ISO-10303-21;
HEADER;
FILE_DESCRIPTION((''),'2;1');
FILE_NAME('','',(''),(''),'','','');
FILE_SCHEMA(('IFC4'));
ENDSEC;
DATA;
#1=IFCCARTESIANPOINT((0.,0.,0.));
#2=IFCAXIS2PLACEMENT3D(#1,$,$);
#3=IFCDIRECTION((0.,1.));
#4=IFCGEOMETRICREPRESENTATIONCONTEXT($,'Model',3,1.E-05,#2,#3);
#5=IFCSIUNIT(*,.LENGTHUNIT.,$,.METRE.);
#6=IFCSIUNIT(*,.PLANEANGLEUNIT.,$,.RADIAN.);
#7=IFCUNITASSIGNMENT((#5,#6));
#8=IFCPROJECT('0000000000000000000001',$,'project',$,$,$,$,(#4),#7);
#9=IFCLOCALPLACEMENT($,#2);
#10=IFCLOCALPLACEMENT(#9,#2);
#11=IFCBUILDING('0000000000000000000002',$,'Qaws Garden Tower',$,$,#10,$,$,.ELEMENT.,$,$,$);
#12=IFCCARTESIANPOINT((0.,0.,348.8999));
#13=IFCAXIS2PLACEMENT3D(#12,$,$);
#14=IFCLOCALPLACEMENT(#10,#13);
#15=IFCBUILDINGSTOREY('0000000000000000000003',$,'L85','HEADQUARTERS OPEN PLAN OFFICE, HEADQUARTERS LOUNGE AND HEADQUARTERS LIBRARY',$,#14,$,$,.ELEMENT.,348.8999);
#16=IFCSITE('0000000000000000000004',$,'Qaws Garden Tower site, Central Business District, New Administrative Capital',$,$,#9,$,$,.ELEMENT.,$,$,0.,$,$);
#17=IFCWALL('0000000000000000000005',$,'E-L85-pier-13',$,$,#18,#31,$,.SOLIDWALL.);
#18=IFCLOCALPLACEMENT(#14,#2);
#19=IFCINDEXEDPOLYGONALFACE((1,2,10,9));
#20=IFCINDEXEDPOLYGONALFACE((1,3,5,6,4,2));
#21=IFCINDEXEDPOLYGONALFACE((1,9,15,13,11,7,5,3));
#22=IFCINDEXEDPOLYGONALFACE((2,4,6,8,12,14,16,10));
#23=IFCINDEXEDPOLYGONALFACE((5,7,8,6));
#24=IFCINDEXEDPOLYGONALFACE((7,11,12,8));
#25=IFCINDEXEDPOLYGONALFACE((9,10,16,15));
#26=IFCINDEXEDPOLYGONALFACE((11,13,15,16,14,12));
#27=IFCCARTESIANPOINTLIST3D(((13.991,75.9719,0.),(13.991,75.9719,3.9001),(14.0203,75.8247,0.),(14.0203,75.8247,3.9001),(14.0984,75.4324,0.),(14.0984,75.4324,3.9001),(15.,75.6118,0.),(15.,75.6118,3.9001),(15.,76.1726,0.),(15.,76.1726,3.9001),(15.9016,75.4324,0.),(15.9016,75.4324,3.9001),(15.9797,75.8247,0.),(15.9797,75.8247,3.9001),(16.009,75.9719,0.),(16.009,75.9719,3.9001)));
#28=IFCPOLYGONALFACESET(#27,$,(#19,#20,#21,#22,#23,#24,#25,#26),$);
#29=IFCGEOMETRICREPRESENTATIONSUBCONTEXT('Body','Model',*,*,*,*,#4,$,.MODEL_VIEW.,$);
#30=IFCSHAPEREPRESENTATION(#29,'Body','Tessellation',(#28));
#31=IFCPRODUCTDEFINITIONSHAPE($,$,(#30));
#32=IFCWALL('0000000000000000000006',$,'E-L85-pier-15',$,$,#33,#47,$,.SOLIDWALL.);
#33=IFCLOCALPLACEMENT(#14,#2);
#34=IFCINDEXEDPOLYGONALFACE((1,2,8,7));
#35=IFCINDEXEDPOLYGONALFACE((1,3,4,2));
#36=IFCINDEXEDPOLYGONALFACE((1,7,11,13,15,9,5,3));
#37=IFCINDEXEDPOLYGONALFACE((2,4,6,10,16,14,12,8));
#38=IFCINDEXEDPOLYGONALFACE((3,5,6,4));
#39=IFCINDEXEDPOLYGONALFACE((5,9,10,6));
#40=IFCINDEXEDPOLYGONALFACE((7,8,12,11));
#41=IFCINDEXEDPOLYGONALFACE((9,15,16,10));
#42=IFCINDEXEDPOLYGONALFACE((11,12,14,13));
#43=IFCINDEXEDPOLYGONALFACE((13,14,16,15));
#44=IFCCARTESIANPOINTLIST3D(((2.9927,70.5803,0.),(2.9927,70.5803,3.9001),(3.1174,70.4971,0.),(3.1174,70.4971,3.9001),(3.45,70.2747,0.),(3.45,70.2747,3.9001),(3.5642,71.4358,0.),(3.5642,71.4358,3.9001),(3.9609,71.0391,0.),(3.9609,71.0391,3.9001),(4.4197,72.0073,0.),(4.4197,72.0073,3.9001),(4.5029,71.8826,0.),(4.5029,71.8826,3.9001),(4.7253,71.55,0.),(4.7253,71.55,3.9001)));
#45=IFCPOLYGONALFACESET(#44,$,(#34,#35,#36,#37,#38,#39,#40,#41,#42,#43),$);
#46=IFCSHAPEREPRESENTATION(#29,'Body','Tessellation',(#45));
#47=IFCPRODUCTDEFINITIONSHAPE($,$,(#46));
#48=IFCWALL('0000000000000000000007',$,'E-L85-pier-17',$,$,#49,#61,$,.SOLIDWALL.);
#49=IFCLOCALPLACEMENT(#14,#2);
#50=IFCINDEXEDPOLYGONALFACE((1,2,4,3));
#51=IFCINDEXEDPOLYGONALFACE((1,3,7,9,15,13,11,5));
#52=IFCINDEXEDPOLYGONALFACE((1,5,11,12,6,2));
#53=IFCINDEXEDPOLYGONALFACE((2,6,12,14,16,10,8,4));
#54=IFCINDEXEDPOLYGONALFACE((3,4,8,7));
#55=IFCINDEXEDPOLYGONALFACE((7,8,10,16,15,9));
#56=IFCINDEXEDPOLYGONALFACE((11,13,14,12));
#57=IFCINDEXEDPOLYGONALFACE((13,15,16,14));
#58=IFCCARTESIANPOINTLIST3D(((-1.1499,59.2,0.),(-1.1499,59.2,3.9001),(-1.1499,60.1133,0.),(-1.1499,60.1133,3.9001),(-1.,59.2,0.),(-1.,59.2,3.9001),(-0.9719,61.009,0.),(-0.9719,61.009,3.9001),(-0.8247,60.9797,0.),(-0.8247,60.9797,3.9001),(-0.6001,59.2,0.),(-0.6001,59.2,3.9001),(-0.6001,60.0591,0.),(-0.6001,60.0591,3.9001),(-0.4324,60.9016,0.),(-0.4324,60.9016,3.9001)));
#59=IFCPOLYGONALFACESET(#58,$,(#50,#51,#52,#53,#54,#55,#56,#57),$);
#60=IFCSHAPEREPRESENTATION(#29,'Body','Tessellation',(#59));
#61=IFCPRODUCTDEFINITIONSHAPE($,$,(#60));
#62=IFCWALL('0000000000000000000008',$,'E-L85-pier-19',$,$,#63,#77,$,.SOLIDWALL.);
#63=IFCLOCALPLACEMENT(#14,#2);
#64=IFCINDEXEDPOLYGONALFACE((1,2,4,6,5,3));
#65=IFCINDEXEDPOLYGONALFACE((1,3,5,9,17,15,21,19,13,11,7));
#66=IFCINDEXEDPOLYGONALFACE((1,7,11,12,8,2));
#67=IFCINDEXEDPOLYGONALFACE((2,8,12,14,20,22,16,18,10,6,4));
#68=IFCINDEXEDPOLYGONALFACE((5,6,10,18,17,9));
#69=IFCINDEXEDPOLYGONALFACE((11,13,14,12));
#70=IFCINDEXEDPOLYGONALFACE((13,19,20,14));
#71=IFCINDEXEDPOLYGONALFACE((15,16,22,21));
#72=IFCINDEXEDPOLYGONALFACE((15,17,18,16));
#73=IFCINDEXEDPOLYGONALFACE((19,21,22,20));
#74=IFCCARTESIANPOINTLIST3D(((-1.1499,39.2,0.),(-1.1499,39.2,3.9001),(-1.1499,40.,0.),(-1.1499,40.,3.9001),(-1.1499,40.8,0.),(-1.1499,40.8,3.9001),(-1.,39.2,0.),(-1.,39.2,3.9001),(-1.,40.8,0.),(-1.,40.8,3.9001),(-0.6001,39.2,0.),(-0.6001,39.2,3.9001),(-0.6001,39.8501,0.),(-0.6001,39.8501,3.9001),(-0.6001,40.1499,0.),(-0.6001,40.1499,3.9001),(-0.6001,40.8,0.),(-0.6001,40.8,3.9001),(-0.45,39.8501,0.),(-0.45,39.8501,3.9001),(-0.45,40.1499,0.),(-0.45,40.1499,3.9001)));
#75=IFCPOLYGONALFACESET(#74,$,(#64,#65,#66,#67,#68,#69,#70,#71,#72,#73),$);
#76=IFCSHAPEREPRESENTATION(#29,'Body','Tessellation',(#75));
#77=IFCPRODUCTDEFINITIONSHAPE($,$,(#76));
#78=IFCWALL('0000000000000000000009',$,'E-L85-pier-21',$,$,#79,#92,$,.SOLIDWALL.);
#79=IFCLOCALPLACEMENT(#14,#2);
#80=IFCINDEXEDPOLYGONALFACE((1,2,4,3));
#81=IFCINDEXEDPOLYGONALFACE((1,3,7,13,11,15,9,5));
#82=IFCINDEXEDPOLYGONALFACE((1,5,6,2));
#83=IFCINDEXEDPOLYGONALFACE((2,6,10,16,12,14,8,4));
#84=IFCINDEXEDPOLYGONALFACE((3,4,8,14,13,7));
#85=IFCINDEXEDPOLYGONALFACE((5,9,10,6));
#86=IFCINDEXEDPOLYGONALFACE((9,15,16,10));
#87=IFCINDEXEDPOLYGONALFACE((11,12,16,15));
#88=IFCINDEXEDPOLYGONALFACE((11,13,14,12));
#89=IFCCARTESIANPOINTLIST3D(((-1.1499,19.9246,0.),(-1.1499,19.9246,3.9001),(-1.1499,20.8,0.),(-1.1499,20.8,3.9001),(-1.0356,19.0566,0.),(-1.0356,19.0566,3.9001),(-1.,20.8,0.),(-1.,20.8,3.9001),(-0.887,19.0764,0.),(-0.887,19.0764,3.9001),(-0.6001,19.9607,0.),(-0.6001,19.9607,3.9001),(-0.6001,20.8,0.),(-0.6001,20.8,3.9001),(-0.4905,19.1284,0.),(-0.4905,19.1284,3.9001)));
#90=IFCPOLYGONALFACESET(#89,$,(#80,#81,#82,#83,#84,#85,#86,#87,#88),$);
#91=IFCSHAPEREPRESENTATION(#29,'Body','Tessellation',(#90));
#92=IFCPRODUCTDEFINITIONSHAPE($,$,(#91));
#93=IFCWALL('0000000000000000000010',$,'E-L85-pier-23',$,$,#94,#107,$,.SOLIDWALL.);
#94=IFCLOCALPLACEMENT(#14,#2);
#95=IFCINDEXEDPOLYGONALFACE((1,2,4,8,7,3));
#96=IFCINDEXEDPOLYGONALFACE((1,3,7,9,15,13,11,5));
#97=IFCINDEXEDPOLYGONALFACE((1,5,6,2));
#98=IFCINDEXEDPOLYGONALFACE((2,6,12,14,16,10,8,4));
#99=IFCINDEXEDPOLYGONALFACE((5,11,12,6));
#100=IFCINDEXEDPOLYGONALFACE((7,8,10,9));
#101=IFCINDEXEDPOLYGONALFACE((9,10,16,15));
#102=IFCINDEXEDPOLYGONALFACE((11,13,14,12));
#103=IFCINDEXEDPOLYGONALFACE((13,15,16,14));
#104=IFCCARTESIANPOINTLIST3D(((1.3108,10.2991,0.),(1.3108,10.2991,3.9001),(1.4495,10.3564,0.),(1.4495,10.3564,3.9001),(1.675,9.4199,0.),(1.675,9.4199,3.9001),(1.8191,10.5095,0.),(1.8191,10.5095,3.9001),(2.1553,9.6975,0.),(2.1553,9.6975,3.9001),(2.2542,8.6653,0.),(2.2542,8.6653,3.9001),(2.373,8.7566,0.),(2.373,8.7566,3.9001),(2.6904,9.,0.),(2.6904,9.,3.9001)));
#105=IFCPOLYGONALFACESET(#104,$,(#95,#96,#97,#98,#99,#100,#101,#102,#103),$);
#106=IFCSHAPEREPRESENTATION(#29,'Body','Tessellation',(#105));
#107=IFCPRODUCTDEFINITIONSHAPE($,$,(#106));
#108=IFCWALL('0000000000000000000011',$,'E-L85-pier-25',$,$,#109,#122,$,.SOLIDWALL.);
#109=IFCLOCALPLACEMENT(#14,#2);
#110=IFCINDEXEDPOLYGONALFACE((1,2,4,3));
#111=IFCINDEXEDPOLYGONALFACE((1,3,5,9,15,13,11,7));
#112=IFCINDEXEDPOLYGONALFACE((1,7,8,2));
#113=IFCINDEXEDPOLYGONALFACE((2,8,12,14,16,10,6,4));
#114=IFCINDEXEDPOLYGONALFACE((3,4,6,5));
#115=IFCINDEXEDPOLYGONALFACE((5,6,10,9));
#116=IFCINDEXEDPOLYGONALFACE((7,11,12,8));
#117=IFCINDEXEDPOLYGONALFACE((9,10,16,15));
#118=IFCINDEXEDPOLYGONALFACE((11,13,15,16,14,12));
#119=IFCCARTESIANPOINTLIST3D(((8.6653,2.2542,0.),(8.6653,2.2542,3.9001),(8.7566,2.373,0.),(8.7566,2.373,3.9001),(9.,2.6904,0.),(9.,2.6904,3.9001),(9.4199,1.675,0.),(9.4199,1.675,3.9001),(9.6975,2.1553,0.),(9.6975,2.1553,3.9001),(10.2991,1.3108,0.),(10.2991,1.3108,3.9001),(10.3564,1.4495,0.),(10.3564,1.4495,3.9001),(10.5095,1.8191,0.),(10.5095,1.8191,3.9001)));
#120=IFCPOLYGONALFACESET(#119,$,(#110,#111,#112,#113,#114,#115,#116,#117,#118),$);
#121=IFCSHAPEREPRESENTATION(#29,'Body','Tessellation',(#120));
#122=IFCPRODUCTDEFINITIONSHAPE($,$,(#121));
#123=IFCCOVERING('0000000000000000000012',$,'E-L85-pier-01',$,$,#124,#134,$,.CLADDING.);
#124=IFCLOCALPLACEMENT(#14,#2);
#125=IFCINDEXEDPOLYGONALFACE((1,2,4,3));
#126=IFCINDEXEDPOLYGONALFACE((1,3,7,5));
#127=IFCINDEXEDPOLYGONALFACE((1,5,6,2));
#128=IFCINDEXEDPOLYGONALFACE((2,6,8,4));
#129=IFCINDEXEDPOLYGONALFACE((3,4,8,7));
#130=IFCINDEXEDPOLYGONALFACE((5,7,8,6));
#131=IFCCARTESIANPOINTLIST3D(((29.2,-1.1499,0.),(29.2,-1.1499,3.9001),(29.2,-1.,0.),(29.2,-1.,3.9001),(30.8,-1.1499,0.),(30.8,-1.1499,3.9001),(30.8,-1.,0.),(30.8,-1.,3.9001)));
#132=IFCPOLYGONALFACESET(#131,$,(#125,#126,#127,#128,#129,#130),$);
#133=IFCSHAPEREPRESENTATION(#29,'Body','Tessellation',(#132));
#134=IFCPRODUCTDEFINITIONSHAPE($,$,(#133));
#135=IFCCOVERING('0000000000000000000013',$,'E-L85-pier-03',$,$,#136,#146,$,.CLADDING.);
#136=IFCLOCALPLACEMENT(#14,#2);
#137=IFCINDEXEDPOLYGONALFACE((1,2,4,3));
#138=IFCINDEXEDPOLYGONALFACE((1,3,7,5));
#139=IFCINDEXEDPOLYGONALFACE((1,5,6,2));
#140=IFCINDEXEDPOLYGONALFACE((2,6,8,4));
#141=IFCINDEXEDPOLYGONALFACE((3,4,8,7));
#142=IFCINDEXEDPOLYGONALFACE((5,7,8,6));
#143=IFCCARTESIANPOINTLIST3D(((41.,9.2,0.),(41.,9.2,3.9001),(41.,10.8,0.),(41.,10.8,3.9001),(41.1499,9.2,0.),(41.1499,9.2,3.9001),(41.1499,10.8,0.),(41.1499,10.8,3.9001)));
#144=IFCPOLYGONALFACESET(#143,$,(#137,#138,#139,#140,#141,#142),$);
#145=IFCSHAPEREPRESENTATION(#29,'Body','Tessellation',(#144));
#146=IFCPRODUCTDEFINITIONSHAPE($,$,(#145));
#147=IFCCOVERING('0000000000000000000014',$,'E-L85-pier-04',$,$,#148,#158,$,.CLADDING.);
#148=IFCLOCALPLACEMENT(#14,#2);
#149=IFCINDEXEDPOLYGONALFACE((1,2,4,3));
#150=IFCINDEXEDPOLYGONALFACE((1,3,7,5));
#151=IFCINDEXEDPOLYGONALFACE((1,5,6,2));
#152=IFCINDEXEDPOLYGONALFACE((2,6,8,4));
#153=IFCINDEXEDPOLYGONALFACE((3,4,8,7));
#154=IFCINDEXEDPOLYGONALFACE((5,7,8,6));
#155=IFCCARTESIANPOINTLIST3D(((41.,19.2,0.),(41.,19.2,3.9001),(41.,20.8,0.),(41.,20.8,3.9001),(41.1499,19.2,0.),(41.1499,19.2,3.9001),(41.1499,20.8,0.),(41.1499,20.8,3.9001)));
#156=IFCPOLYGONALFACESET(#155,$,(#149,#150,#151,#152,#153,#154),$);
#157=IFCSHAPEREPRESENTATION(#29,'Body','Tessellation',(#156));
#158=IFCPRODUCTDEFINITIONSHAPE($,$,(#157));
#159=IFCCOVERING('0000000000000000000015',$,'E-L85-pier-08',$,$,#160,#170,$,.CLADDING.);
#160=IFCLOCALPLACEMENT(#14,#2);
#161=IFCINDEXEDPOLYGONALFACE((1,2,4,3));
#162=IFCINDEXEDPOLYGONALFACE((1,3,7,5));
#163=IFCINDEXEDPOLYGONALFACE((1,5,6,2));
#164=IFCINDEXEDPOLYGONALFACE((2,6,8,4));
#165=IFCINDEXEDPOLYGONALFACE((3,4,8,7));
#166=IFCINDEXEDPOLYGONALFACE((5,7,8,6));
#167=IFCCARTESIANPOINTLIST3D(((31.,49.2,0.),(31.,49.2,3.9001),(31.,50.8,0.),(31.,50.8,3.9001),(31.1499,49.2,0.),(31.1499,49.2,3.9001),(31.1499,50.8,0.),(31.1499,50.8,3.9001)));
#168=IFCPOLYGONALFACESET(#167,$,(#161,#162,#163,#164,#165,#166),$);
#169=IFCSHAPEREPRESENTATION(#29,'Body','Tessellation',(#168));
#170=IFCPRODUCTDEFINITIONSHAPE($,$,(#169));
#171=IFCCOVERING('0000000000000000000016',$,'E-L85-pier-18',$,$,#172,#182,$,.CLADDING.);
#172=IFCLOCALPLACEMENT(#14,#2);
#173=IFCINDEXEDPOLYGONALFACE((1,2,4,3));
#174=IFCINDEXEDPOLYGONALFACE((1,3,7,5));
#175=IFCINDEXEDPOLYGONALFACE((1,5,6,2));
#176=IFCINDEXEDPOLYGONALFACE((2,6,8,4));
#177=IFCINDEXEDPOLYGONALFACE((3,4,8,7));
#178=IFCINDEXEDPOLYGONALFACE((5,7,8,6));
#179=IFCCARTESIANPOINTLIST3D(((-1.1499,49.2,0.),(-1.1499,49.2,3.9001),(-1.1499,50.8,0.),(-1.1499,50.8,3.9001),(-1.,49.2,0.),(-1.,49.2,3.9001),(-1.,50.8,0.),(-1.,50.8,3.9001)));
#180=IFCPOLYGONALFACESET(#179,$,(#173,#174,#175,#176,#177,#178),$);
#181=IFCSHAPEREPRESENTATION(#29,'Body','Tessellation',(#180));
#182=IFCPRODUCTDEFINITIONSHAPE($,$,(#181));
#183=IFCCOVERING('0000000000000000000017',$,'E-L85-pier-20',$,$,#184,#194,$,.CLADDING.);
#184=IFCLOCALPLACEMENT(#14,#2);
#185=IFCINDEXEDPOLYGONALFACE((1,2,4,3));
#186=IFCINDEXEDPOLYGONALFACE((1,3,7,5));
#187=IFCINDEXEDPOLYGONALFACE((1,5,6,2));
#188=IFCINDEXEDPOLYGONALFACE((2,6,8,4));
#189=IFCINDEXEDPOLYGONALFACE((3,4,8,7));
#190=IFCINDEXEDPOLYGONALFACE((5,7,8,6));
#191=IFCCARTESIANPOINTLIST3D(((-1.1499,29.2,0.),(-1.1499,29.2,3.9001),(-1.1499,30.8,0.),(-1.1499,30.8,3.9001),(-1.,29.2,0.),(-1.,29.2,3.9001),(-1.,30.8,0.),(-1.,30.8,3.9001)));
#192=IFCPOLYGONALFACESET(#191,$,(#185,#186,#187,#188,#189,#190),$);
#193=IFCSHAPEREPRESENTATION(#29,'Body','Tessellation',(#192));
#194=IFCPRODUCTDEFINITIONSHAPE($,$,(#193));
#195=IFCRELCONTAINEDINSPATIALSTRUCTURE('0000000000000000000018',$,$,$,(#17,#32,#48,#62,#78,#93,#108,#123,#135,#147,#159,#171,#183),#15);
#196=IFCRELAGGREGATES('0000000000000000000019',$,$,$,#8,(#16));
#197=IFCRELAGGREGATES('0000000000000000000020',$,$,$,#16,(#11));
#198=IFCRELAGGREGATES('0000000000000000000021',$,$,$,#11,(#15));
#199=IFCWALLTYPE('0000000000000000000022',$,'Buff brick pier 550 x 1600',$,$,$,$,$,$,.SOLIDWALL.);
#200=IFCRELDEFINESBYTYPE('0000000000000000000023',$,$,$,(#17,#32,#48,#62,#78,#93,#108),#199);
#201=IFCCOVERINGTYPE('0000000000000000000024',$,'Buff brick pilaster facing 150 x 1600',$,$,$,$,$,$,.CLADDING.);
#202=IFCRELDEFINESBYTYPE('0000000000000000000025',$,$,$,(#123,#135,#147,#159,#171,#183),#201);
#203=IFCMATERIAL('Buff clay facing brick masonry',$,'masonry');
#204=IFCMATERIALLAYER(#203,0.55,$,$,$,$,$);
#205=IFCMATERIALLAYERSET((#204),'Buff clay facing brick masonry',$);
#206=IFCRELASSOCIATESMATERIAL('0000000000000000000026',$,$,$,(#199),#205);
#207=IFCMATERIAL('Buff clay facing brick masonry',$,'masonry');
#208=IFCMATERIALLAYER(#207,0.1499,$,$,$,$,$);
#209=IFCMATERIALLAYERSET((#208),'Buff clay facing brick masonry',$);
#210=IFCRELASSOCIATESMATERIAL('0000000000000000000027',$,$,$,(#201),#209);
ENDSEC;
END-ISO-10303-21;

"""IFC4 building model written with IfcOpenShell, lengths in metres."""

from ifc_helpers import new_model, si_unit, direction, frame, origin, place, context, subcontext, project, spatial, polyline, outline, extrude, material, layer, layer_set, type_object, element, save


model = new_model("IFC4")

# Units and contexts
model_context = context("Model", 3, precision=1e-05, world=origin(), true_north=direction((0.0, 1.0)))
body_context = subcontext(model_context, "Body", "Model", "MODEL_VIEW")
ifc_project = project(units=[si_unit("LENGTHUNIT", "METRE"), si_unit("PLANEANGLEUNIT", "RADIAN")], contexts=[model_context])

# Site, building, storey
site_placement = place(None, origin())
site = spatial("IfcSite", under=ifc_project, at=site_placement, Name="Qaws Garden Tower site, Central Business District, New Administrative Capital", CompositionType="ELEMENT", RefElevation=0.0)
building_placement = place(site_placement, origin())
building = spatial("IfcBuilding", under=site, at=building_placement, Name="Qaws Garden Tower", CompositionType="ELEMENT")
storey_placement = place(building_placement, frame((0.0, 0.0, 348.8999)))
storey = spatial("IfcBuildingStorey", under=building, at=storey_placement, Name="L85", Description="HEADQUARTERS OPEN PLAN OFFICE, HEADQUARTERS LOUNGE AND HEADQUARTERS LIBRARY", CompositionType="ELEMENT", Elevation=348.8999)

# Walls
placement = place(storey_placement, origin())
ifc_material_1 = material(Name="Buff clay facing brick masonry", Category="masonry")
ifc_layer_1 = layer(ifc_material_1, 0.55)
ifc_layer_set_1 = layer_set([ifc_layer_1], Name="Buff clay facing brick masonry")
wall_type_1 = type_object("IfcWallType", Name="Buff brick pier 550 x 1600", PredefinedType="SOLIDWALL", material=ifc_layer_set_1)
element("IfcWall", 1, at=placement, inside=storey, type_object=wall_type_1, Name="E-L85-pier-13", PredefinedType="SOLIDWALL", context=body_context, shape_type="SweptSolid", body=[
    extrude(outline(polyline([(15.9797, 75.8247), (16.009, 75.9719), (15.0, 76.1726), (13.991, 75.9719), (14.0203, 75.8247), (14.0984, 75.4324), (15.0, 75.6118), (15.9016, 75.4324), (15.9797, 75.8247)])), origin(), (0.0, 0.0, 1.0), 3.9001),
])
element("IfcWall", 2, at=placement, inside=storey, type_object=wall_type_1, Name="E-L85-pier-15", PredefinedType="SOLIDWALL", context=body_context, shape_type="SweptSolid", body=[
    extrude(outline(polyline([(4.5029, 71.8826), (4.4197, 72.0073), (3.5642, 71.4358), (2.9927, 70.5803), (3.1174, 70.4971), (3.45, 70.2747), (3.9609, 71.0391), (4.7253, 71.55), (4.5029, 71.8826)])), origin(), (0.0, 0.0, 1.0), 3.9001),
])
element("IfcWall", 3, at=placement, inside=storey, type_object=wall_type_1, Name="E-L85-pier-17", PredefinedType="SOLIDWALL", context=body_context, shape_type="SweptSolid", body=[
    extrude(outline(polyline([(-0.8247, 60.9797), (-0.9719, 61.009), (-1.1499, 60.1133), (-1.1499, 59.2), (-1.0, 59.2), (-0.6001, 59.2), (-0.6001, 60.0591), (-0.4324, 60.9016), (-0.8247, 60.9797)])), origin(), (0.0, 0.0, 1.0), 3.9001),
])
element("IfcWall", 4, at=placement, inside=storey, type_object=wall_type_1, Name="E-L85-pier-19", PredefinedType="SOLIDWALL", context=body_context, shape_type="SweptSolid", body=[
    extrude(outline(polyline([(-0.6001, 39.2), (-0.6001, 39.8501), (-0.45, 39.8501), (-0.45, 40.1499), (-0.6001, 40.1499), (-0.6001, 40.8), (-1.0, 40.8), (-1.1499, 40.8), (-1.1499, 40.0), (-1.1499, 39.2), (-1.0, 39.2), (-0.6001, 39.2)])), origin(), (0.0, 0.0, 1.0), 3.9001),
])
element("IfcWall", 5, at=placement, inside=storey, type_object=wall_type_1, Name="E-L85-pier-21", PredefinedType="SOLIDWALL", context=body_context, shape_type="SweptSolid", body=[
    extrude(outline(polyline([(-1.0, 20.8), (-1.1499, 20.8), (-1.1499, 19.9246), (-1.0356, 19.0566), (-0.887, 19.0764), (-0.4905, 19.1284), (-0.6001, 19.9607), (-0.6001, 20.8), (-1.0, 20.8)])), origin(), (0.0, 0.0, 1.0), 3.9001),
])
element("IfcWall", 6, at=placement, inside=storey, type_object=wall_type_1, Name="E-L85-pier-23", PredefinedType="SOLIDWALL", context=body_context, shape_type="SweptSolid", body=[
    extrude(outline(polyline([(1.4495, 10.3564), (1.3108, 10.2991), (1.675, 9.4199), (2.2542, 8.6653), (2.373, 8.7566), (2.6904, 9.0), (2.1553, 9.6975), (1.8191, 10.5095), (1.4495, 10.3564)])), origin(), (0.0, 0.0, 1.0), 3.9001),
])
element("IfcWall", 7, at=placement, inside=storey, type_object=wall_type_1, Name="E-L85-pier-25", PredefinedType="SOLIDWALL", context=body_context, shape_type="SweptSolid", body=[
    extrude(outline(polyline([(8.7566, 2.373), (8.6653, 2.2542), (9.4199, 1.675), (10.2991, 1.3108), (10.3564, 1.4495), (10.5095, 1.8191), (9.6975, 2.1553), (9.0, 2.6904), (8.7566, 2.373)])), origin(), (0.0, 0.0, 1.0), 3.9001),
])

# Coverings
ifc_material_2 = material(Name="Buff clay facing brick masonry", Category="masonry")
ifc_layer_2 = layer(ifc_material_2, 0.1499)
ifc_layer_set_2 = layer_set([ifc_layer_2], Name="Buff clay facing brick masonry")
covering_type = type_object("IfcCoveringType", Name="Buff brick pilaster facing 150 x 1600", PredefinedType="CLADDING", material=ifc_layer_set_2)
element("IfcCovering", 8, at=placement, inside=storey, type_object=covering_type, Name="E-L85-pier-01", PredefinedType="CLADDING", context=body_context, shape_type="SweptSolid", body=[
    extrude(outline(polyline([(29.2, -1.0), (30.8, -1.0), (30.8, -1.1499), (29.2, -1.1499), (29.2, -1.0)])), origin(), (0.0, 0.0, 1.0), 3.9001),
])
element("IfcCovering", 9, at=placement, inside=storey, type_object=covering_type, Name="E-L85-pier-03", PredefinedType="CLADDING", context=body_context, shape_type="SweptSolid", body=[
    extrude(outline(polyline([(41.0, 9.2), (41.0, 10.8), (41.1499, 10.8), (41.1499, 9.2), (41.0, 9.2)])), origin(), (0.0, 0.0, 1.0), 3.9001),
])
element("IfcCovering", 10, at=placement, inside=storey, type_object=covering_type, Name="E-L85-pier-04", PredefinedType="CLADDING", context=body_context, shape_type="SweptSolid", body=[
    extrude(outline(polyline([(41.0, 19.2), (41.0, 20.8), (41.1499, 20.8), (41.1499, 19.2), (41.0, 19.2)])), origin(), (0.0, 0.0, 1.0), 3.9001),
])
element("IfcCovering", 11, at=placement, inside=storey, type_object=covering_type, Name="E-L85-pier-08", PredefinedType="CLADDING", context=body_context, shape_type="SweptSolid", body=[
    extrude(outline(polyline([(31.0, 49.2), (31.0, 50.8), (31.1499, 50.8), (31.1499, 49.2), (31.0, 49.2)])), origin(), (0.0, 0.0, 1.0), 3.9001),
])
element("IfcCovering", 12, at=placement, inside=storey, type_object=covering_type, Name="E-L85-pier-18", PredefinedType="CLADDING", context=body_context, shape_type="SweptSolid", body=[
    extrude(outline(polyline([(-1.0, 50.8), (-1.0, 49.2), (-1.1499, 49.2), (-1.1499, 50.8), (-1.0, 50.8)])), origin(), (0.0, 0.0, 1.0), 3.9001),
])
element("IfcCovering", 13, at=placement, inside=storey, type_object=covering_type, Name="E-L85-pier-20", PredefinedType="CLADDING", context=body_context, shape_type="SweptSolid", body=[
    extrude(outline(polyline([(-1.0, 30.8), (-1.0, 29.2), (-1.1499, 29.2), (-1.1499, 30.8), (-1.0, 30.8)])), origin(), (0.0, 0.0, 1.0), 3.9001),
])

save(model, "model.ifc")
